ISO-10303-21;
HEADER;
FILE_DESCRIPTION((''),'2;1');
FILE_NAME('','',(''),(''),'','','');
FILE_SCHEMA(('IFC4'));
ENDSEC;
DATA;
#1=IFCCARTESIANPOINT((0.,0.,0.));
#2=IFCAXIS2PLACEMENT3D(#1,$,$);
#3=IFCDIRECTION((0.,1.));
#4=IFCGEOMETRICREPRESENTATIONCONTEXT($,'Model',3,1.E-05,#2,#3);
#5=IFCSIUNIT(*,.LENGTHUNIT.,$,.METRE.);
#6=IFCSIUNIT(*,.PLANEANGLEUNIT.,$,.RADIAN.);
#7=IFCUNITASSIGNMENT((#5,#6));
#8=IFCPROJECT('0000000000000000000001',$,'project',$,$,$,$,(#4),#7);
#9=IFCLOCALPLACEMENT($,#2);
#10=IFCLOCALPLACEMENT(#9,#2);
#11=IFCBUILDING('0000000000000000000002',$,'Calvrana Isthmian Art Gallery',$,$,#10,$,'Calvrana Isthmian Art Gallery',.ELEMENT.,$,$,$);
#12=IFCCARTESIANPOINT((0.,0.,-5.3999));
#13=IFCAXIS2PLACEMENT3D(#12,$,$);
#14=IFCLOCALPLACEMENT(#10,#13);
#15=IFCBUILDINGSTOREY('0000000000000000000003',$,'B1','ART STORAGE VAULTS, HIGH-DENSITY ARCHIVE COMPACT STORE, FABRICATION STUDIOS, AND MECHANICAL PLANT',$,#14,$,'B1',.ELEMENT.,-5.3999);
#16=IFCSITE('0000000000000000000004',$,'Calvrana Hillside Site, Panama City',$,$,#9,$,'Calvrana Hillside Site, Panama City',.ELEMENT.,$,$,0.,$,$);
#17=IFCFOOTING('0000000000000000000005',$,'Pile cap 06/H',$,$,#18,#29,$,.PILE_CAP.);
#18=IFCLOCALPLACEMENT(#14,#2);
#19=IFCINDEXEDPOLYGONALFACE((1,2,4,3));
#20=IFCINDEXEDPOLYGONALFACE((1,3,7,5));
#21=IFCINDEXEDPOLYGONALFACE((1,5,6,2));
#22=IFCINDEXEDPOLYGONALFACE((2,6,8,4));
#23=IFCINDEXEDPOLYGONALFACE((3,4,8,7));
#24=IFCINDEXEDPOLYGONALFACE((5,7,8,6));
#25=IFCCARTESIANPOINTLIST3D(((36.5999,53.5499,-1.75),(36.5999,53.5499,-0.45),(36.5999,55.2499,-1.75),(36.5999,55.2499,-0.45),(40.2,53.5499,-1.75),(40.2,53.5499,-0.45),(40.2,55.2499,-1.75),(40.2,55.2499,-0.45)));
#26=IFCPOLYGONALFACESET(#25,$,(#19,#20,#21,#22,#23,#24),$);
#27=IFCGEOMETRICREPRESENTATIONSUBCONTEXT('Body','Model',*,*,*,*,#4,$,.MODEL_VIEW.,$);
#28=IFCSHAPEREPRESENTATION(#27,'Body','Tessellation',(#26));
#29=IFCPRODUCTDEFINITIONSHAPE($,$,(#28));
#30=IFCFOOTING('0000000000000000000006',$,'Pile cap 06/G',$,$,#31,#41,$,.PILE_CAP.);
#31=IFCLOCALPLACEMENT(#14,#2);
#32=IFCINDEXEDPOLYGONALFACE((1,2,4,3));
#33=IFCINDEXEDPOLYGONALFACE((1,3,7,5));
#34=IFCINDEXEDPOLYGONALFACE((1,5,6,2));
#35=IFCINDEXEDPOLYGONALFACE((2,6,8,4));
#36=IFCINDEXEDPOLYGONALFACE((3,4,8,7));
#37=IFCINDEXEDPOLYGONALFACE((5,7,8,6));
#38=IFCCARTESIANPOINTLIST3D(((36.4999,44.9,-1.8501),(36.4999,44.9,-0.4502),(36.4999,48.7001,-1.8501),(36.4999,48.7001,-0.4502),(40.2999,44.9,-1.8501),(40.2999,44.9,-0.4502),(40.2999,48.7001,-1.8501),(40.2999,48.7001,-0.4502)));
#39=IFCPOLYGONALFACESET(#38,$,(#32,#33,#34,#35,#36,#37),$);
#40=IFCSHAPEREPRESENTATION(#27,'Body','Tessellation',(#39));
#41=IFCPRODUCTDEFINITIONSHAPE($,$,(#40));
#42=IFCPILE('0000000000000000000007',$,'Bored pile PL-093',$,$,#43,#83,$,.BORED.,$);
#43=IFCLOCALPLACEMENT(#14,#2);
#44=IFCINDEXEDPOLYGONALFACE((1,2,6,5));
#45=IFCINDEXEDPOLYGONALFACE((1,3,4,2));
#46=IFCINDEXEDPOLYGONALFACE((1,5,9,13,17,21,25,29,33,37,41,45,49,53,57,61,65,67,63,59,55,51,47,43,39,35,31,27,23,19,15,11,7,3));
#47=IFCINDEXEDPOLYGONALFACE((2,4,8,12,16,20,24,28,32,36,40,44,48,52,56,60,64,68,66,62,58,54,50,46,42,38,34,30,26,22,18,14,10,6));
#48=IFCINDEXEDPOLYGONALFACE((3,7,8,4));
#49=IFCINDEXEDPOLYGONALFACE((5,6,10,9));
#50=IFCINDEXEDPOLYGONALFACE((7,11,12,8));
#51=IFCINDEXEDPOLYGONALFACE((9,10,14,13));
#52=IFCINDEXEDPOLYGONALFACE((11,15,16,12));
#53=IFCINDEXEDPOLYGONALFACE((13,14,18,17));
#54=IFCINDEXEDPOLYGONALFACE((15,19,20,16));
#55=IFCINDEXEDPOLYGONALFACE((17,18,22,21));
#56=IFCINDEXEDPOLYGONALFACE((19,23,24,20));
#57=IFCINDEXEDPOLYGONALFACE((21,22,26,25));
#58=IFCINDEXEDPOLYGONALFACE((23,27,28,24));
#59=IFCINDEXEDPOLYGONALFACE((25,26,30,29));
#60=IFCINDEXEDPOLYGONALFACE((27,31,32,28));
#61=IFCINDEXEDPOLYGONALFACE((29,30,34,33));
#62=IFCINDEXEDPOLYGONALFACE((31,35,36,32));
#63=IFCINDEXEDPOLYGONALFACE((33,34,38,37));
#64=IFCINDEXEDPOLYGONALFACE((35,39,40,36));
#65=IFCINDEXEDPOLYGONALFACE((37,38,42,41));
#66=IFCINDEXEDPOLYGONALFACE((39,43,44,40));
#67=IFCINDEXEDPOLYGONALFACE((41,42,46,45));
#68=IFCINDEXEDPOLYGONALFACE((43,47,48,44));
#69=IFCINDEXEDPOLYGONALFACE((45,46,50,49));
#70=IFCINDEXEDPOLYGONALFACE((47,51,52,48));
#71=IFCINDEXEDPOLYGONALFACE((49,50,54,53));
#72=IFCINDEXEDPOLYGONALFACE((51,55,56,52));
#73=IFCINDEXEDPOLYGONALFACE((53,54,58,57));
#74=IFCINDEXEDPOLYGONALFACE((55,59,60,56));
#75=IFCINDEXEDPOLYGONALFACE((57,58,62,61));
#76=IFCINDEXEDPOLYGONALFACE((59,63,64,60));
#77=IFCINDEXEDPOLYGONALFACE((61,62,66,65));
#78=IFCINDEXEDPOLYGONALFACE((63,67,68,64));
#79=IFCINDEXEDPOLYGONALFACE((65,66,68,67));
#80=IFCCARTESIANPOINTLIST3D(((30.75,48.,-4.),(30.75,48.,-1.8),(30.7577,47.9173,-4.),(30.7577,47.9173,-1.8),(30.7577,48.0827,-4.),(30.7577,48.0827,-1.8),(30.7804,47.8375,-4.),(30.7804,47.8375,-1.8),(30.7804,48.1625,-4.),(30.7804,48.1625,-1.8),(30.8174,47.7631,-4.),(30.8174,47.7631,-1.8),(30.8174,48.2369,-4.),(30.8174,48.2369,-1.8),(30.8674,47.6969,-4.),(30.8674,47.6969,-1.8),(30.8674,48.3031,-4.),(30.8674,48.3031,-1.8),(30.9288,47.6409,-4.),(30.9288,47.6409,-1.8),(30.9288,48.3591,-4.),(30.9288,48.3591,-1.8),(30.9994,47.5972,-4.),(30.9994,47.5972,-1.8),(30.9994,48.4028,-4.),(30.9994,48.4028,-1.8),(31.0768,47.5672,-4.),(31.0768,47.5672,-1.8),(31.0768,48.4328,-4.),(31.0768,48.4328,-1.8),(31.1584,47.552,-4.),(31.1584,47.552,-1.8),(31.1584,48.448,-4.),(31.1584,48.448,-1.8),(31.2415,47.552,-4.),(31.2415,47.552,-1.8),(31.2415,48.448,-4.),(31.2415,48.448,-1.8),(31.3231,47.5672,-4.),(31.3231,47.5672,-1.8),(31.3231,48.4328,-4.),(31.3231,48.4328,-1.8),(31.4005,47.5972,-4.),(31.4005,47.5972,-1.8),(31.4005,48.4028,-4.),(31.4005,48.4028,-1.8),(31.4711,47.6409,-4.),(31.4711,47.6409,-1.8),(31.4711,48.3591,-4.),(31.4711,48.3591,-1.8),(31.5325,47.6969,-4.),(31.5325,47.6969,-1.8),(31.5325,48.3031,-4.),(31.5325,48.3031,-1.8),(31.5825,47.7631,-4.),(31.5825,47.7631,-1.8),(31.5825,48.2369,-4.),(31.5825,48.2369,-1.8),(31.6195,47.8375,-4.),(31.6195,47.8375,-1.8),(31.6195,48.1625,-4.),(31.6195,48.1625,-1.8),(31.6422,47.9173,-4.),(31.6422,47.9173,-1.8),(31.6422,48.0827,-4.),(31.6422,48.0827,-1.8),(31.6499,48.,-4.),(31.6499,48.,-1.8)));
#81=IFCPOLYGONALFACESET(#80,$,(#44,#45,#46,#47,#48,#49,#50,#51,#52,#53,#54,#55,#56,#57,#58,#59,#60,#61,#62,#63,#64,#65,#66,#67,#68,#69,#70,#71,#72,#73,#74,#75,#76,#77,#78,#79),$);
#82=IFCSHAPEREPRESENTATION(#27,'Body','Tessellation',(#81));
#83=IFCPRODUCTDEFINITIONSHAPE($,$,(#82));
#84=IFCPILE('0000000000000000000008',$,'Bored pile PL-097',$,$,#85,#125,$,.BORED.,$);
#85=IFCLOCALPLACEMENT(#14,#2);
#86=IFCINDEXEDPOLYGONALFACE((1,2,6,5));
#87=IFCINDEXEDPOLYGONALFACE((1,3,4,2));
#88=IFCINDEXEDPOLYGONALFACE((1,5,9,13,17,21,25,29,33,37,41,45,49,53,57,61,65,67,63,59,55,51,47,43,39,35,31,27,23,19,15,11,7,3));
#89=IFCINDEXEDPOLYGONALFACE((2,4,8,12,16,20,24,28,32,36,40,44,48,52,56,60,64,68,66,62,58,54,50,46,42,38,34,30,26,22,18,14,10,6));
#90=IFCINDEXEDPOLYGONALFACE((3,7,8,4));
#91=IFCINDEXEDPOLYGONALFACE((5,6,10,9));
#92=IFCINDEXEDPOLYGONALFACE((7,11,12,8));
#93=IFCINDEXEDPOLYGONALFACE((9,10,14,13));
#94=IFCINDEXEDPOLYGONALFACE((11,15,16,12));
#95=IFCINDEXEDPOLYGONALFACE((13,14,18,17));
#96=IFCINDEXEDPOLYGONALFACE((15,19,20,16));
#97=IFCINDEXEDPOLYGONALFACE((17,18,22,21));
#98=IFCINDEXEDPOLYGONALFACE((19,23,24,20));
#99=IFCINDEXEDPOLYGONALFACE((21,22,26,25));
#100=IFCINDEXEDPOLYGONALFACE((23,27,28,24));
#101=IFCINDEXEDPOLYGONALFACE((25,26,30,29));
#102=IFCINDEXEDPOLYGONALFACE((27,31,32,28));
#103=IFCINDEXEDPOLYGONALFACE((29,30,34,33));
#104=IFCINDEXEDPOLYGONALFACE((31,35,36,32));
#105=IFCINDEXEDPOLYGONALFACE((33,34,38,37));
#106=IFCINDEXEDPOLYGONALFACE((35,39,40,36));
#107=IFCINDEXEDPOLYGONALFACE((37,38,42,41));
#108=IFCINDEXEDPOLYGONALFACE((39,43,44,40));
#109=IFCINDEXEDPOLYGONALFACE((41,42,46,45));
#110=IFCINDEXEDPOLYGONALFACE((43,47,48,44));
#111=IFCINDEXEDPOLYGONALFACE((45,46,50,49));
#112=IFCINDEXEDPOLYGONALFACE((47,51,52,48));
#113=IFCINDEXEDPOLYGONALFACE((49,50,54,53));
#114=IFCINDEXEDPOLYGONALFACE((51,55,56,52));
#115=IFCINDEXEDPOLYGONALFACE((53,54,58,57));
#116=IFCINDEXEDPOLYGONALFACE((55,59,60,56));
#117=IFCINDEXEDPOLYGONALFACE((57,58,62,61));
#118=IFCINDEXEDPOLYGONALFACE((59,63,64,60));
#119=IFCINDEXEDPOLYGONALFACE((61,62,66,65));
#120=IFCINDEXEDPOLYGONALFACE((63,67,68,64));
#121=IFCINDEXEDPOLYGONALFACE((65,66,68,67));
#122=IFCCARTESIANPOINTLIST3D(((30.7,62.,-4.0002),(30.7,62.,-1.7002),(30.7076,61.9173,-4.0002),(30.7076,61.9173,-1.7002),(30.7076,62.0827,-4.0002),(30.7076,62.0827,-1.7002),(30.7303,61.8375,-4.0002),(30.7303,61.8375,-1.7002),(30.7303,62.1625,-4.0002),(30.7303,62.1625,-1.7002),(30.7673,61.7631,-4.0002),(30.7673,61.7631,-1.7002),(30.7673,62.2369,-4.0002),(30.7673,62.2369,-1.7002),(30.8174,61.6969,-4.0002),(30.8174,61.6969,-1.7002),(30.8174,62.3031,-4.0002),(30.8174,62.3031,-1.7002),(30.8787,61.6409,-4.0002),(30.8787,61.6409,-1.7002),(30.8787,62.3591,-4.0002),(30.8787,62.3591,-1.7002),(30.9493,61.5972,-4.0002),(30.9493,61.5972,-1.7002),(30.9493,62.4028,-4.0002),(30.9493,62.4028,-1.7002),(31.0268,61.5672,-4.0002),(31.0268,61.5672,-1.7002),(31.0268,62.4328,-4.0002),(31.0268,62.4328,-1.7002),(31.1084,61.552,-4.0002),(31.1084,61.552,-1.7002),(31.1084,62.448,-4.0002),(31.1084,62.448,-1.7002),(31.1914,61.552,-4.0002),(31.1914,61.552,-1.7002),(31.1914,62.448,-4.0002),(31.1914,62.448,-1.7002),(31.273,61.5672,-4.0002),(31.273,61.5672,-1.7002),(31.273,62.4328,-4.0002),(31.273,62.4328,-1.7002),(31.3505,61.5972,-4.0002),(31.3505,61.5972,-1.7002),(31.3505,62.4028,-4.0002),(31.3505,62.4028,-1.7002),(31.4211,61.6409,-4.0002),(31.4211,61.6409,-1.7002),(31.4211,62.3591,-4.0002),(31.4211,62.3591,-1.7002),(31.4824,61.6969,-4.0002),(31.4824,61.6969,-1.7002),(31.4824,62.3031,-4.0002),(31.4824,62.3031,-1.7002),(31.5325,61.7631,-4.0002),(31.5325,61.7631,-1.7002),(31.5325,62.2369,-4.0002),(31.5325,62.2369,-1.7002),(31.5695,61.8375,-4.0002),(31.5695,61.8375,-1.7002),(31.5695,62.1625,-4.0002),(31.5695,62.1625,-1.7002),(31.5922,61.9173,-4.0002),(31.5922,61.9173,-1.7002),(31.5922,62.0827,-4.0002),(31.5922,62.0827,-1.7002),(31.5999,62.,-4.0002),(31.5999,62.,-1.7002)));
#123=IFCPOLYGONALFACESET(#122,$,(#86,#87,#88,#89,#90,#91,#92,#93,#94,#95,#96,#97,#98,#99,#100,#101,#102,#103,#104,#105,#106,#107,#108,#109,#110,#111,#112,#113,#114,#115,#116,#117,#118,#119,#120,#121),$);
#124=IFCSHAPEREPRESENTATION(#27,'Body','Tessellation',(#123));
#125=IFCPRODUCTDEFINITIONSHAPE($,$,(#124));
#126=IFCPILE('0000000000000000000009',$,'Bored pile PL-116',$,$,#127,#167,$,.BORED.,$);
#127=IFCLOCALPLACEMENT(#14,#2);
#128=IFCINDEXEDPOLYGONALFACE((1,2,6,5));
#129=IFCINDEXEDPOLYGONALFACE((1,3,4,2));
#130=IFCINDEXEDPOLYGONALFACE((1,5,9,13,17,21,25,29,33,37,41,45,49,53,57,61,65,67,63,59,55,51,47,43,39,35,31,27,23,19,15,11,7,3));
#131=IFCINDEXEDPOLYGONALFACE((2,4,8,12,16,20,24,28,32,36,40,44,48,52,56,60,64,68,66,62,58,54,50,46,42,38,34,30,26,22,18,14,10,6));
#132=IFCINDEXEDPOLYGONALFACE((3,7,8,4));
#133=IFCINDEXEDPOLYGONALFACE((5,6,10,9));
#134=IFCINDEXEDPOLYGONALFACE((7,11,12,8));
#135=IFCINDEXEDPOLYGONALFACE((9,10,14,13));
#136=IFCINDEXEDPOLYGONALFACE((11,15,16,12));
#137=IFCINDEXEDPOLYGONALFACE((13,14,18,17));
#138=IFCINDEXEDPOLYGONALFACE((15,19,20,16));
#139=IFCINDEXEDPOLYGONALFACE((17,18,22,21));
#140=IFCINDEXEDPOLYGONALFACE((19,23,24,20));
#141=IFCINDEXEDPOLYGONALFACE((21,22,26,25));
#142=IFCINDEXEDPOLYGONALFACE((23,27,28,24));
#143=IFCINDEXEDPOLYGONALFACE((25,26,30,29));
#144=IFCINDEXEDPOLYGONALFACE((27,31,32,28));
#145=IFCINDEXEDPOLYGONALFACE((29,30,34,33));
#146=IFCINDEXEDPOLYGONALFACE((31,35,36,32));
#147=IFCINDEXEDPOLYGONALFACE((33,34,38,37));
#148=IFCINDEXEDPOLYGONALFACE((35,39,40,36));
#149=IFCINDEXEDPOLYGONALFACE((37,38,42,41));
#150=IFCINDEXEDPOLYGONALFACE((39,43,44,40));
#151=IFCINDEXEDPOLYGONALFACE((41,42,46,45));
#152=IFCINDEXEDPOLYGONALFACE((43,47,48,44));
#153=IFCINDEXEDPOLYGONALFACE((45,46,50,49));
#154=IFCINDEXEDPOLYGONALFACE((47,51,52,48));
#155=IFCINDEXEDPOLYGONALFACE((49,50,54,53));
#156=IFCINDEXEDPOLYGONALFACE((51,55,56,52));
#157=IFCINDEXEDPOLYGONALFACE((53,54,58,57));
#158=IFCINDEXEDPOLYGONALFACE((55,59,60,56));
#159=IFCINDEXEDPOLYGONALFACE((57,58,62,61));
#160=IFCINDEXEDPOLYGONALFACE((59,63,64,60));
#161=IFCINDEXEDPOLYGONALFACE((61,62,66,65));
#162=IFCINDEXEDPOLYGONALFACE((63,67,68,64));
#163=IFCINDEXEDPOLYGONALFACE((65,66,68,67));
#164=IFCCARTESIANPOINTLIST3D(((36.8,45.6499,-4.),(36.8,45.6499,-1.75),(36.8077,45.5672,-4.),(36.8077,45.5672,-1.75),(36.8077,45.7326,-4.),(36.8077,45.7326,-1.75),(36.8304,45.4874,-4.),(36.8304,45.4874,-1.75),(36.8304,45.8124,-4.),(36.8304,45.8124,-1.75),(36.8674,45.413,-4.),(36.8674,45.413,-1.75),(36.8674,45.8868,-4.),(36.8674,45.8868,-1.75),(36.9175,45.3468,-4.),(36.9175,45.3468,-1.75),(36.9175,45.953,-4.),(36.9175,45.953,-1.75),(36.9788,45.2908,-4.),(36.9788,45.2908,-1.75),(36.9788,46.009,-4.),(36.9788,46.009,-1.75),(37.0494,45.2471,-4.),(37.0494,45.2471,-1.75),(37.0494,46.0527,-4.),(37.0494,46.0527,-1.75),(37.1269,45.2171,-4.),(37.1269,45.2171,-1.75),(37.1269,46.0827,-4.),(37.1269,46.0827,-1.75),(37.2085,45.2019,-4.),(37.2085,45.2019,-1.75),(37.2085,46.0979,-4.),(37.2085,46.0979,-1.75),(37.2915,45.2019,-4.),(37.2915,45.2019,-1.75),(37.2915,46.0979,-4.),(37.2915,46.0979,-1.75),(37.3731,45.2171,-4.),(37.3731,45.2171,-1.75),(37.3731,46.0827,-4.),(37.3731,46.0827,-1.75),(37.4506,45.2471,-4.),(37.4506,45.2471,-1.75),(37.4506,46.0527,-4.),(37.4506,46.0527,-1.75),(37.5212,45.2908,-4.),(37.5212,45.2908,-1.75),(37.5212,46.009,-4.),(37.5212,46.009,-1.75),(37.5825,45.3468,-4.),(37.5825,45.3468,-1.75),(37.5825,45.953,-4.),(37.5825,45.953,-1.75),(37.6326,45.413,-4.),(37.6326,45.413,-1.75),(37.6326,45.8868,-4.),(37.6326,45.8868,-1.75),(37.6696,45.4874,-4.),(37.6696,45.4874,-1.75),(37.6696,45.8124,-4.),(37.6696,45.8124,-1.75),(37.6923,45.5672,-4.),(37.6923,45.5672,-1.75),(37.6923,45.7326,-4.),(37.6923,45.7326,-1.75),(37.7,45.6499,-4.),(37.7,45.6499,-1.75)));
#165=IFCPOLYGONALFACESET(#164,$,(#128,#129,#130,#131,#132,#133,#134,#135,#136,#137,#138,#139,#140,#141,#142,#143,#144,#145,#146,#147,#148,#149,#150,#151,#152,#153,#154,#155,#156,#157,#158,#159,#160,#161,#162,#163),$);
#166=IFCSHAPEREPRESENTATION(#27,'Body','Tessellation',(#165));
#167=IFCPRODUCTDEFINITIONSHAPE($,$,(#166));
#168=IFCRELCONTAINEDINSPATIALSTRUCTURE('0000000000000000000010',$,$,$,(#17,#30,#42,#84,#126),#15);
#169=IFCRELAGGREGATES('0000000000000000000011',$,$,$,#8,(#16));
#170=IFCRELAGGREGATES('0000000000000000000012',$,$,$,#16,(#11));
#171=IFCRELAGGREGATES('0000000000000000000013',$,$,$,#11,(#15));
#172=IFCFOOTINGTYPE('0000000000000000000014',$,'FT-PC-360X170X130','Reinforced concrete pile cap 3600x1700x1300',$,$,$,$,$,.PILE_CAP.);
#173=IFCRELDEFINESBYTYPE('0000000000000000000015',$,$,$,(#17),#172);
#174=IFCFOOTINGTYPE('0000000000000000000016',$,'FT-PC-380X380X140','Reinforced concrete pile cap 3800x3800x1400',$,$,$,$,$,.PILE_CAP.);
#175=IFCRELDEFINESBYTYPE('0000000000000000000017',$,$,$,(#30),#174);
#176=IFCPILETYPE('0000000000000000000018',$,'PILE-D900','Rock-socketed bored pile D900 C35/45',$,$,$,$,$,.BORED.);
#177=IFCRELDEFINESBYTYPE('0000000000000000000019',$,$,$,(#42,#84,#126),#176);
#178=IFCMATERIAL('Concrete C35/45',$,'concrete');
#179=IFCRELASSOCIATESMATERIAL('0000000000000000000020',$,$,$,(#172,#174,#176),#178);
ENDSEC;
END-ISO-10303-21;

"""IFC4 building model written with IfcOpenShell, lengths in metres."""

from ifc_helpers import new_model, si_unit, direction, frame, origin, origin_2d, place, context, subcontext, project, spatial, rectangle, circle, extrude, material, material_profile, profile_set, type_object, element, save


model = new_model("IFC4")

# Units and contexts
model_context = context("Model", 3, precision=1e-05, world=origin(), true_north=direction((0.0, 1.0)))
body_context = subcontext(model_context, "Body", "Model", "MODEL_VIEW")
ifc_project = project(units=[si_unit("LENGTHUNIT", "METRE"), si_unit("PLANEANGLEUNIT", "RADIAN")], contexts=[model_context])

# Site, building, storey
site_placement = place(None, origin())
site = spatial("IfcSite", under=ifc_project, at=site_placement, Name="Calvrana Hillside Site, Panama City", LongName="Calvrana Hillside Site, Panama City", CompositionType="ELEMENT", RefElevation=0.0)
building_placement = place(site_placement, origin())
building = spatial("IfcBuilding", under=site, at=building_placement, Name="Calvrana Isthmian Art Gallery", LongName="Calvrana Isthmian Art Gallery", CompositionType="ELEMENT")
storey_placement = place(building_placement, frame((0.0, 0.0, -5.3999)))
storey = spatial("IfcBuildingStorey", under=building, at=storey_placement, Name="B1", Description="ART STORAGE VAULTS, HIGH-DENSITY ARCHIVE COMPACT STORE, FABRICATION STUDIOS, AND MECHANICAL PLANT", LongName="B1", CompositionType="ELEMENT", Elevation=-5.3999)

# Footings
ifc_material_1 = material(Name="Concrete C35/45", Category="concrete")
footing_type_1 = type_object("IfcFootingType", Name="FT-PC-360X170X130", Description="Reinforced concrete pile cap 3600x1700x1300", PredefinedType="PILE_CAP", material=ifc_material_1)
footing_1_placement = place(storey_placement, frame((38.3999, 54.3999, -1.75), z_axis=(0.0, 0.0, 1.0), x_axis=(1.0, 0.0, 0.0)))
element("IfcFooting", 1, at=footing_1_placement, inside=storey, type_object=footing_type_1, Name="Pile cap 06/H", PredefinedType="PILE_CAP", context=body_context, shape_type="SweptSolid", body=[
    extrude(rectangle(XDim=3.6001, YDim=1.7, at=origin_2d()), origin(), (0.0, 0.0, 1.0), 1.3),
])
footing_type_2 = type_object("IfcFootingType", Name="FT-PC-380X380X140", Description="Reinforced concrete pile cap 3800x3800x1400", PredefinedType="PILE_CAP", material=ifc_material_1)
footing_2_placement = place(storey_placement, frame((38.3999, 46.8, -1.8501), z_axis=(0.0, 0.0, 1.0), x_axis=(1.0, 0.0, 0.0)))
element("IfcFooting", 2, at=footing_2_placement, inside=storey, type_object=footing_type_2, Name="Pile cap 06/G", PredefinedType="PILE_CAP", context=body_context, shape_type="SweptSolid", body=[
    extrude(rectangle(XDim=3.8, YDim=3.8, at=origin_2d()), origin(), (0.0, 0.0, 1.0), 1.3999),
])

# Piles
ifc_material_profile_1 = material_profile(ifc_material_1, circle(Radius=0.45, at=origin_2d()), Name="PILE900D")
ifc_profile_set_1 = profile_set([ifc_material_profile_1], Name="Concrete C35/45")
pile_type = type_object("IfcPileType", Name="PILE-D900", Description="Rock-socketed bored pile D900 C35/45", PredefinedType="BORED", material=ifc_profile_set_1)
pile_1_placement = place(storey_placement, frame((31.2, 48.0, -1.8), z_axis=(0.0, 0.0, -1.0), x_axis=(1.0, 0.0, 0.0)))
element("IfcPile", 3, at=pile_1_placement, inside=storey, type_object=pile_type, Name="Bored pile PL-093", PredefinedType="BORED", context=body_context, shape_type="SweptSolid", body=[
    extrude(circle(Radius=0.45, at=origin_2d()), origin(), (0.0, 0.0, 1.0), 2.2),
])
pile_2_placement = place(storey_placement, frame((31.1499, 62.0, -1.7002), z_axis=(0.0, 0.0, -1.0), x_axis=(1.0, 0.0, 0.0)))
element("IfcPile", 4, at=pile_2_placement, inside=storey, type_object=pile_type, Name="Bored pile PL-097", PredefinedType="BORED", context=body_context, shape_type="SweptSolid", body=[
    extrude(circle(Radius=0.45, at=origin_2d()), origin(), (0.0, 0.0, 1.0), 2.3),
])
for number, where, z_axis, x_axis, name in (
    (5, (37.25, 45.6499, -1.75), (0.0, 0.0, -1.0), (1.0, 0.0, 0.0), "Bored pile PL-116"),
):
    element("IfcPile", number, at=place(storey_placement, frame(where, z_axis=z_axis, x_axis=x_axis)), inside=storey, type_object=pile_type, Name=name, PredefinedType="BORED", context=body_context, shape_type="SweptSolid", body=[
        extrude(circle(Radius=0.45, at=origin_2d()), origin(), (0.0, 0.0, 1.0), 2.25),
    ])

save(model, "model.ifc")
